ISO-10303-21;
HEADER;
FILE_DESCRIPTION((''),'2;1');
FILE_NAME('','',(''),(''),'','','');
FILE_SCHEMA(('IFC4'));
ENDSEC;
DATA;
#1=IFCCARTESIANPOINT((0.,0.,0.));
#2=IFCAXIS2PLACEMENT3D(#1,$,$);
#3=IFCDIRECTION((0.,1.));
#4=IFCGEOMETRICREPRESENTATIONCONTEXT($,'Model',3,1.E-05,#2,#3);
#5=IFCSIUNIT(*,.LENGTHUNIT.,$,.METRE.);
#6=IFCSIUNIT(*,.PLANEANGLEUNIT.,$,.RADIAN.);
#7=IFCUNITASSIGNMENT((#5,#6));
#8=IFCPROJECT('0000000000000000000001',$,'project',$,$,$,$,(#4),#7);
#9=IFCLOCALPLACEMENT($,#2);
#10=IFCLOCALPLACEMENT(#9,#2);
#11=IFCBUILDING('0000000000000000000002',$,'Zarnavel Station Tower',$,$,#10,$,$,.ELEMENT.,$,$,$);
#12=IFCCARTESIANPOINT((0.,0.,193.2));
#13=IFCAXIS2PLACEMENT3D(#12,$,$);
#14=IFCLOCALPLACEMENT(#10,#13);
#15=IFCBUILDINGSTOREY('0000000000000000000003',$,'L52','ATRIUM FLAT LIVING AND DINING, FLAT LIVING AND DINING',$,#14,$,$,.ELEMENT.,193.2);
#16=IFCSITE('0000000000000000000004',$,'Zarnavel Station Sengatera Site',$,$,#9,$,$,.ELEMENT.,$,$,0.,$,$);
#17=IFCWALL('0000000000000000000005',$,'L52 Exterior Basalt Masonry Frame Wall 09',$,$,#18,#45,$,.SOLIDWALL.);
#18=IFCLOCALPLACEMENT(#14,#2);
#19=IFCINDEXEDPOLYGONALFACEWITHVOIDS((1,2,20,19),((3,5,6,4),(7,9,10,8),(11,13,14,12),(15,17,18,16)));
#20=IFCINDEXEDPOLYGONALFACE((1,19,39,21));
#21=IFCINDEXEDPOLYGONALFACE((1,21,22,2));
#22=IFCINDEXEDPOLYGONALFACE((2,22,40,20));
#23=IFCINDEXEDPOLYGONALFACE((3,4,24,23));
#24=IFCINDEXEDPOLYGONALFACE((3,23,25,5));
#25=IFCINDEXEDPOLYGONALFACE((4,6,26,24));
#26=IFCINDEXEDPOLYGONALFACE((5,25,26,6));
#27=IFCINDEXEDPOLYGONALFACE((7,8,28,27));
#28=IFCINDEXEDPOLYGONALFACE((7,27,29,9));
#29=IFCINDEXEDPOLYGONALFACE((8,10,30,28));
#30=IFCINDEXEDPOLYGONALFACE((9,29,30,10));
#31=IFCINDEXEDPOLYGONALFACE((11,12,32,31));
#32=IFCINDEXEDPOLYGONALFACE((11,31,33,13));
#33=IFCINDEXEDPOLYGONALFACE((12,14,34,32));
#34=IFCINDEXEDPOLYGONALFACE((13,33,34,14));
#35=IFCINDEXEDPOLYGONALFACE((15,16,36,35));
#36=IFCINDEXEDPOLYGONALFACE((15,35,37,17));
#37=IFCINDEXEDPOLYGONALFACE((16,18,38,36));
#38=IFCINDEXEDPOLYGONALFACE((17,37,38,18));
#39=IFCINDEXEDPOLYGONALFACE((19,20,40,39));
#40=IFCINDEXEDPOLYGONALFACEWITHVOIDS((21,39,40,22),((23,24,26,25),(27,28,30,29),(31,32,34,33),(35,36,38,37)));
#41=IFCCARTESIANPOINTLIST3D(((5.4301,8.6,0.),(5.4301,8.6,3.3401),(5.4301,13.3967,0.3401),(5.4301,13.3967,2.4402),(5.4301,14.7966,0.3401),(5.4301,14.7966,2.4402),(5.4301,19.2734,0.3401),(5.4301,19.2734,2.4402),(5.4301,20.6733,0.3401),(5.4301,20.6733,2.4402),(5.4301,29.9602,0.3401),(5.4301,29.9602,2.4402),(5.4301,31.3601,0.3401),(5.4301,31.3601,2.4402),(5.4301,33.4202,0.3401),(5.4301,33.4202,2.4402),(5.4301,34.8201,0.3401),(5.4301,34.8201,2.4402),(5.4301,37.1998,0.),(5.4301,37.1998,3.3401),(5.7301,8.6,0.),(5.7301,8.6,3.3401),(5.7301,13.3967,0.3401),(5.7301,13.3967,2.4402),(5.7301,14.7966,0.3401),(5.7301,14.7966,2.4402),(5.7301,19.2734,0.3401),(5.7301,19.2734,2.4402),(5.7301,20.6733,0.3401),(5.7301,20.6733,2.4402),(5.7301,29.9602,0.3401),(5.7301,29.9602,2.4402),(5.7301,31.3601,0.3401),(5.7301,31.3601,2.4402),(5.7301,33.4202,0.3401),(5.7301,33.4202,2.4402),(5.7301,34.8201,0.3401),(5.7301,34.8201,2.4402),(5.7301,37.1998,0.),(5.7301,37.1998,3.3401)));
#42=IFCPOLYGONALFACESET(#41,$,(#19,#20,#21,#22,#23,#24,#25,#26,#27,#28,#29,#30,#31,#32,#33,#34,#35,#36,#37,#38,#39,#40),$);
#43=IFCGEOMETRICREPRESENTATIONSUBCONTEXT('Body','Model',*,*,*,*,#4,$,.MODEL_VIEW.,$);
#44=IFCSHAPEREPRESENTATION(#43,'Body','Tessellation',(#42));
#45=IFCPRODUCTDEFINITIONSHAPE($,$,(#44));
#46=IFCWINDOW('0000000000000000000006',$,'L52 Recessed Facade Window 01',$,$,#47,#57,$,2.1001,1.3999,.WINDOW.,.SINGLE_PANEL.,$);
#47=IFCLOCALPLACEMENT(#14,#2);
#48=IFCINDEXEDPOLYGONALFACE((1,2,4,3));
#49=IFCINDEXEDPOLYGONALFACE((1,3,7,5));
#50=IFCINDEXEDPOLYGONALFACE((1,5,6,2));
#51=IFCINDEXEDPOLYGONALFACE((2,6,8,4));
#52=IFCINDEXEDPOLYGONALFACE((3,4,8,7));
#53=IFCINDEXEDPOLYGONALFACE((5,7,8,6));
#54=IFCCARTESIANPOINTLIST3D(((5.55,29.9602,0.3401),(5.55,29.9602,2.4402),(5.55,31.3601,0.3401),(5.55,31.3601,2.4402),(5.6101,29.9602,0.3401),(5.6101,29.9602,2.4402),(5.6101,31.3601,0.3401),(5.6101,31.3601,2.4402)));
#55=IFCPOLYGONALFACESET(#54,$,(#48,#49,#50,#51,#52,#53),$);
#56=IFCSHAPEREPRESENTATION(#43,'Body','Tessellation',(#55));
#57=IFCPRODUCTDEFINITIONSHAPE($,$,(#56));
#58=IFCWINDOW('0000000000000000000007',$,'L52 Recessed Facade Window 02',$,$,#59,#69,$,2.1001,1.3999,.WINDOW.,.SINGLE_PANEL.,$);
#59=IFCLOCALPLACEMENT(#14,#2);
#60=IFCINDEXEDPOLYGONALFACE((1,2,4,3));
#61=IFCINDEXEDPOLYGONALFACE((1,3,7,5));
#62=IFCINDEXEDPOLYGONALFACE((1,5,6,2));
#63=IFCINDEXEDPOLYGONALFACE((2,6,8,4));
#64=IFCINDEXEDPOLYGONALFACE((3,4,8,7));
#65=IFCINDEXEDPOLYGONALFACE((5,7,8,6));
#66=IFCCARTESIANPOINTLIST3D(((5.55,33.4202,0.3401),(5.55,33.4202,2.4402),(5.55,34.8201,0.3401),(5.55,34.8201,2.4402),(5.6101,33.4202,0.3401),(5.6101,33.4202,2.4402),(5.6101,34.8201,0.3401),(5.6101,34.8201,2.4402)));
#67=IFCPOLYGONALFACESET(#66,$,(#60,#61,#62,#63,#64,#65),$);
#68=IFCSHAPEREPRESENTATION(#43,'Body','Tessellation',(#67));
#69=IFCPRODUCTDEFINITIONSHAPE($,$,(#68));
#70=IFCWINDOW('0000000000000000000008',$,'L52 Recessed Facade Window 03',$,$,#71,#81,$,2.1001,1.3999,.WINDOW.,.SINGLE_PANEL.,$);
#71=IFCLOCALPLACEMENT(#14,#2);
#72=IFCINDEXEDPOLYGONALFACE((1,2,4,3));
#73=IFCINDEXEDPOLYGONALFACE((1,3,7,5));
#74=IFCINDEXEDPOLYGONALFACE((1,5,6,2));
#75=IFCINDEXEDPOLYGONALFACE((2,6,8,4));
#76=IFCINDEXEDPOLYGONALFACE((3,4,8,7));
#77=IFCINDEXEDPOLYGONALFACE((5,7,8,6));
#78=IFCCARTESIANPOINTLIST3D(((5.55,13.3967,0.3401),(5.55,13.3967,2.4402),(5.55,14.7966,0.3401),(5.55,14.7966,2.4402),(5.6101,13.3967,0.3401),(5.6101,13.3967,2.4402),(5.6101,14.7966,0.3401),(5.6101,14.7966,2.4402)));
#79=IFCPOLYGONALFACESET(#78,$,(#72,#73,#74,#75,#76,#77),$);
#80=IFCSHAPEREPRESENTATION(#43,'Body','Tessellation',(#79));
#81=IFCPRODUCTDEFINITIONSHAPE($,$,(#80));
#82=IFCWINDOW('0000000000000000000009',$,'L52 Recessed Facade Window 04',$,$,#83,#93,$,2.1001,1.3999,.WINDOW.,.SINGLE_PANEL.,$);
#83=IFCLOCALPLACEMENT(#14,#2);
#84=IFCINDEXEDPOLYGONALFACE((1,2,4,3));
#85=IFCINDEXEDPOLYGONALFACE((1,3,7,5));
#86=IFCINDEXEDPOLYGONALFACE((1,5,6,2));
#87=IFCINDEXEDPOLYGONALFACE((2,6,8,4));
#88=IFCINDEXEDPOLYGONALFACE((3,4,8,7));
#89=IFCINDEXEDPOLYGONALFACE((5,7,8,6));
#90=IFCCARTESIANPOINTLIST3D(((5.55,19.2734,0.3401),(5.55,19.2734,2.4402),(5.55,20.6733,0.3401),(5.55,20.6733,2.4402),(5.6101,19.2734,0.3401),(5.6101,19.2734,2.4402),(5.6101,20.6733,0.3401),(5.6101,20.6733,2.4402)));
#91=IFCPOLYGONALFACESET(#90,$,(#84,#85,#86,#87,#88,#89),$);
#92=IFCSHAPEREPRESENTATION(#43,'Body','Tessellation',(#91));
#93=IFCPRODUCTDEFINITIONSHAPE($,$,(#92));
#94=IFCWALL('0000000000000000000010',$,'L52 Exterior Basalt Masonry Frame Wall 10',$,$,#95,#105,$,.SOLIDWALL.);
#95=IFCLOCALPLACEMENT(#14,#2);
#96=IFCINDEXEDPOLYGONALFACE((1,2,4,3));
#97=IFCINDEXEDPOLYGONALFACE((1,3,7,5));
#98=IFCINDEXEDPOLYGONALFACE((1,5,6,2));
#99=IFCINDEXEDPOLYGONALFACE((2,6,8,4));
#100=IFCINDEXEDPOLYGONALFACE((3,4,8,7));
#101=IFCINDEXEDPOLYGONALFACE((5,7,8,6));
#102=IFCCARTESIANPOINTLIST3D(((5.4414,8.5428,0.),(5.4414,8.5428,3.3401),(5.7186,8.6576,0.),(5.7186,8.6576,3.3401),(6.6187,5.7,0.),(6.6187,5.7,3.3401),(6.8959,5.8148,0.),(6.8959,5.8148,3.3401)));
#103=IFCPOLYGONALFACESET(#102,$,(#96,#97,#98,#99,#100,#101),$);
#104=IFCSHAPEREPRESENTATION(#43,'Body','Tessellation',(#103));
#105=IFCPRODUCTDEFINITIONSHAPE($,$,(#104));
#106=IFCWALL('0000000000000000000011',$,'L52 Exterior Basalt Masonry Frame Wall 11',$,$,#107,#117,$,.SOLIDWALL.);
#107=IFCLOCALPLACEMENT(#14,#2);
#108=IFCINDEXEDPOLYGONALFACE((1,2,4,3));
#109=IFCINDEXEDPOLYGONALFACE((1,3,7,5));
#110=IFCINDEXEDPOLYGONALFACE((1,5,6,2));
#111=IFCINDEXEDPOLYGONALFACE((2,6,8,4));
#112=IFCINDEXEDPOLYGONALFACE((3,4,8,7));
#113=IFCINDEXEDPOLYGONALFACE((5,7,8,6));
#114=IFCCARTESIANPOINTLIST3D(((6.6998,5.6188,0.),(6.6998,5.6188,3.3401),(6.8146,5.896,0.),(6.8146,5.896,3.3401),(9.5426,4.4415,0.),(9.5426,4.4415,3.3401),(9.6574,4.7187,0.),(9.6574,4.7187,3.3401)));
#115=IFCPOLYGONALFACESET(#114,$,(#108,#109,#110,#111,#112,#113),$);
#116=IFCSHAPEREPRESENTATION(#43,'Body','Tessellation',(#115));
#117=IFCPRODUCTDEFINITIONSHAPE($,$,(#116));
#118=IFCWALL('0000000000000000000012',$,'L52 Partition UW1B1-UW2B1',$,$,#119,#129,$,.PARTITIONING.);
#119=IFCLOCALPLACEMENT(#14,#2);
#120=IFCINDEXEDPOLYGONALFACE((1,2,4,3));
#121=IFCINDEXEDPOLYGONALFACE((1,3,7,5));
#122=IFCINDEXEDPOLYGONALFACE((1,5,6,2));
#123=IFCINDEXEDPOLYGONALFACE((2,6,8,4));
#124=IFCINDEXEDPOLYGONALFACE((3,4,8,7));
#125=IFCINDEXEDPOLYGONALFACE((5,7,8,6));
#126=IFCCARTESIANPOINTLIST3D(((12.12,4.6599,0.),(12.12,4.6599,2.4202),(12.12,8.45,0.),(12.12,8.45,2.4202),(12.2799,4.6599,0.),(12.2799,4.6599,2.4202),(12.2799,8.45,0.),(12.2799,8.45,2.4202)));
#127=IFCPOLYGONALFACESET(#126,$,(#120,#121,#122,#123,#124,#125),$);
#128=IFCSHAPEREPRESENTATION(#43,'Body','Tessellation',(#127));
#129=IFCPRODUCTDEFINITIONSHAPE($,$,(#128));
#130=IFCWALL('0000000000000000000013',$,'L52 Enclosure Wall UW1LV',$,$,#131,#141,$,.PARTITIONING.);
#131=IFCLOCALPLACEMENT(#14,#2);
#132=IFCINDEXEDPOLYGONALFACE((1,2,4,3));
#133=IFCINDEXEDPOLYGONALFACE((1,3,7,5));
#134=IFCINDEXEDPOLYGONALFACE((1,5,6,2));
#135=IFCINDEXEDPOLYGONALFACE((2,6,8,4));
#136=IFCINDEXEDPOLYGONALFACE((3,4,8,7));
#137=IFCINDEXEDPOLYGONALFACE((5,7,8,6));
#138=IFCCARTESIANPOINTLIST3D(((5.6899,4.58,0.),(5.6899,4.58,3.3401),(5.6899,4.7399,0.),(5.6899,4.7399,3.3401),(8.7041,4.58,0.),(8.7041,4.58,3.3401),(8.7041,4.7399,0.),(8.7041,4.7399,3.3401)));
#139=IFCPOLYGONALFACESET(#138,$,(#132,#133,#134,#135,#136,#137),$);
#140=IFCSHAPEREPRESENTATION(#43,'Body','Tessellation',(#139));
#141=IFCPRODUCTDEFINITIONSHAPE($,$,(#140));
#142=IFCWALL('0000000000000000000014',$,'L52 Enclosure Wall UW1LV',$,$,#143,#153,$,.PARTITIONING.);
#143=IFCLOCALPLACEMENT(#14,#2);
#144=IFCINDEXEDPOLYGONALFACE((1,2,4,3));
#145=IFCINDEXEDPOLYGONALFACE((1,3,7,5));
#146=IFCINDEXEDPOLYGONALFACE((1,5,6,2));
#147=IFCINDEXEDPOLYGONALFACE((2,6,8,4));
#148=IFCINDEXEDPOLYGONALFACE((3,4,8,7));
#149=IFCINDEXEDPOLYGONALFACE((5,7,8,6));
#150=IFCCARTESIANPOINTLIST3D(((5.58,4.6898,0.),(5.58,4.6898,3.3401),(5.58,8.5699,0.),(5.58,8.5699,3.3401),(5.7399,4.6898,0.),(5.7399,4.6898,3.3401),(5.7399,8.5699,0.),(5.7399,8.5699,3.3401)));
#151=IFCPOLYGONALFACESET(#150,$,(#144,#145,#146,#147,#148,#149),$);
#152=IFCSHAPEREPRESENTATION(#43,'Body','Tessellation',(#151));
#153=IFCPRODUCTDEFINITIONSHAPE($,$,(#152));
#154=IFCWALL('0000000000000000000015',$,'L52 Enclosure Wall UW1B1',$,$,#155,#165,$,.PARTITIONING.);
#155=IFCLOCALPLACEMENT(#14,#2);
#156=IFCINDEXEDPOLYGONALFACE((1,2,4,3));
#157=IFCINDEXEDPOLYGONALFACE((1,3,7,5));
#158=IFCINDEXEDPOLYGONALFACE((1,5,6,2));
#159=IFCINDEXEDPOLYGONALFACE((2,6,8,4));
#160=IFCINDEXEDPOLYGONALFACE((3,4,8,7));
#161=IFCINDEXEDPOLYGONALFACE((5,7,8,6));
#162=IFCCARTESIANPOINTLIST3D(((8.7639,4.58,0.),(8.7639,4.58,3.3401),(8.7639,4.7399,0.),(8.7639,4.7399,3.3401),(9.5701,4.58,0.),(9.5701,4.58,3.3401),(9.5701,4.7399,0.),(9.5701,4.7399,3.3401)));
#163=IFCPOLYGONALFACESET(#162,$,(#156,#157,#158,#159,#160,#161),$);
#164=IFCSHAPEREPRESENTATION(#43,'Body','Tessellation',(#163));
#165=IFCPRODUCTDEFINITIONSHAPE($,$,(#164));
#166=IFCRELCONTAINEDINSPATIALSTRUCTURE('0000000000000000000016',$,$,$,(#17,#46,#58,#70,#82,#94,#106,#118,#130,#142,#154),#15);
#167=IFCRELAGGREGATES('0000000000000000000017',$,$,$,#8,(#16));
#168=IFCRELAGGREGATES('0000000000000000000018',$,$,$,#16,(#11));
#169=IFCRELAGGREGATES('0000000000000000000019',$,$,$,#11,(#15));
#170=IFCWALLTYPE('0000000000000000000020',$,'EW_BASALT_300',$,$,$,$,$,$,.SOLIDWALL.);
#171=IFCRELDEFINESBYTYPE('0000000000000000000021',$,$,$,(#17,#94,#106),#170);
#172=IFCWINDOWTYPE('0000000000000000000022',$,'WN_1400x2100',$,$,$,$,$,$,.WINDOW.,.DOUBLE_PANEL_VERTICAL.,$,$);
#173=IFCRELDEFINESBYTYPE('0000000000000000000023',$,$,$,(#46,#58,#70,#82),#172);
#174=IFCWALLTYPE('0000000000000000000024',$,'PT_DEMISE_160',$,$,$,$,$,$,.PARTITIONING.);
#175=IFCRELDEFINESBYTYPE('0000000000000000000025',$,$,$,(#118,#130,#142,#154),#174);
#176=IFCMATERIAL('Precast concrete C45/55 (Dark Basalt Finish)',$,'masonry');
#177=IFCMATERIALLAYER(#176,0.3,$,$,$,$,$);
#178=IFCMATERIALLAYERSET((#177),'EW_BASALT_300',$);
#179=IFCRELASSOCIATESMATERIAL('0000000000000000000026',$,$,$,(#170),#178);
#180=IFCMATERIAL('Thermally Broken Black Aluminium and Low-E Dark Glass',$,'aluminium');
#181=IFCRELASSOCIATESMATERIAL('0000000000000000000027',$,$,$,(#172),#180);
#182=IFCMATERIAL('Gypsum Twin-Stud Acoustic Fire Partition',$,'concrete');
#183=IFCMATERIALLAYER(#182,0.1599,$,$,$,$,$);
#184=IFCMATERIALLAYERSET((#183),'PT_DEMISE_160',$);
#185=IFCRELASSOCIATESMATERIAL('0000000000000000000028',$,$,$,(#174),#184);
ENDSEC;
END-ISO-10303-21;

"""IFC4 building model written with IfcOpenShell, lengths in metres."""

from ifc_helpers import new_model, si_unit, direction, frame, frame_2d, origin, place, context, subcontext, project, spatial, rectangle, extrude, material, layer, layer_set, type_object, element, fill, save


model = new_model("IFC4")

# Units and contexts
model_context = context("Model", 3, precision=1e-05, world=origin(), true_north=direction((0.0, 1.0)))
body_context = subcontext(model_context, "Body", "Model", "MODEL_VIEW")
ifc_project = project(units=[si_unit("LENGTHUNIT", "METRE"), si_unit("PLANEANGLEUNIT", "RADIAN")], contexts=[model_context])

# Site, building, storey
site_placement = place(None, origin())
site = spatial("IfcSite", under=ifc_project, at=site_placement, Name="Zarnavel Station Sengatera Site", CompositionType="ELEMENT", RefElevation=0.0)
building_placement = place(site_placement, origin())
building = spatial("IfcBuilding", under=site, at=building_placement, Name="Zarnavel Station Tower", CompositionType="ELEMENT")
storey_placement = place(building_placement, frame((0.0, 0.0, 193.2)))
storey = spatial("IfcBuildingStorey", under=building, at=storey_placement, Name="L52", Description="ATRIUM FLAT LIVING AND DINING, FLAT LIVING AND DINING", CompositionType="ELEMENT", Elevation=193.2)

# Wall, openings, windows
ifc_material_1 = material(Name="Precast concrete C45/55 (Dark Basalt Finish)", Category="masonry")
ifc_layer_1 = layer(ifc_material_1, 0.3)
ifc_layer_set_1 = layer_set([ifc_layer_1], Name="EW_BASALT_300")
wall_type_1 = type_object("IfcWallType", Name="EW_BASALT_300", PredefinedType="SOLIDWALL", material=ifc_layer_set_1)
wall_1_placement = place(storey_placement, frame((5.5801, 8.6001, 0.0), z_axis=(0.0, 0.0, 1.0), x_axis=(0.0, 1.0, 0.0)))
wall_1 = element("IfcWall", 1, at=wall_1_placement, inside=storey, type_object=wall_type_1, Name="L52 Exterior Basalt Masonry Frame Wall 09", PredefinedType="SOLIDWALL", context=body_context, shape_type="SweptSolid", body=[
    extrude(rectangle(XDim=28.5999, YDim=0.3, at=frame_2d((14.2998, 0.0))), origin(), (0.0, 0.0, 1.0), 3.3401),
])
opening_1_placement = place(wall_1_placement, frame((21.3601, 0.0, 0.3401)))
opening_1 = element("IfcOpeningElement", 2, at=opening_1_placement, cuts=wall_1, PredefinedType="OPENING", context=body_context, shape_type="SweptSolid", body=[
    extrude(rectangle(XDim=1.3999, YDim=2.1001, at=frame_2d((0.7, 1.05))), frame((0.0, 0.1599, 0.0), z_axis=(0.0, -1.0, 0.0), x_axis=(1.0, 0.0, 0.0)), (0.0, 0.0, 1.0), 0.3201),
])
opening_2_placement = place(wall_1_placement, frame((24.8201, 0.0, 0.3401)))
opening_2 = element("IfcOpeningElement", 3, at=opening_2_placement, cuts=wall_1, PredefinedType="OPENING", context=body_context, shape_type="SweptSolid", body=[
    extrude(rectangle(XDim=1.3999, YDim=2.1001, at=frame_2d((0.7, 1.05))), frame((0.0, 0.1599, 0.0), z_axis=(0.0, -1.0, 0.0), x_axis=(1.0, 0.0, 0.0)), (0.0, 0.0, 1.0), 0.3201),
])
opening_3_placement = place(wall_1_placement, frame((4.7966, 0.0, 0.3401)))
opening_3 = element("IfcOpeningElement", 4, at=opening_3_placement, cuts=wall_1, PredefinedType="OPENING", context=body_context, shape_type="SweptSolid", body=[
    extrude(rectangle(XDim=1.3999, YDim=2.1001, at=frame_2d((0.7, 1.05))), frame((0.0, 0.1599, 0.0), z_axis=(0.0, -1.0, 0.0), x_axis=(1.0, 0.0, 0.0)), (0.0, 0.0, 1.0), 0.3201),
])
opening_4_placement = place(wall_1_placement, frame((10.6733, 0.0, 0.3401)))
opening_4 = element("IfcOpeningElement", 5, at=opening_4_placement, cuts=wall_1, PredefinedType="OPENING", context=body_context, shape_type="SweptSolid", body=[
    extrude(rectangle(XDim=1.3999, YDim=2.1001, at=frame_2d((0.7, 1.05))), frame((0.0, 0.1599, 0.0), z_axis=(0.0, -1.0, 0.0), x_axis=(1.0, 0.0, 0.0)), (0.0, 0.0, 1.0), 0.3201),
])
ifc_material_2 = material(Name="Thermally Broken Black Aluminium and Low-E Dark Glass", Category="aluminium")
window_type = type_object("IfcWindowType", Name="WN_1400x2100", PartitioningType="DOUBLE_PANEL_VERTICAL", PredefinedType="WINDOW", material=ifc_material_2)
window_1_placement = place(opening_1_placement, origin())
window_1 = element("IfcWindow", 6, at=window_1_placement, inside=storey, type_object=window_type, Name="L52 Recessed Facade Window 01", OverallHeight=2.1001, OverallWidth=1.3999, PartitioningType="SINGLE_PANEL", PredefinedType="WINDOW", context=body_context, shape_type="SweptSolid", body=[
    extrude(rectangle(XDim=1.3999, YDim=2.1001, at=frame_2d((0.7, 1.05))), frame((0.0, 0.03, 0.0), z_axis=(0.0, -1.0, 0.0), x_axis=(1.0, 0.0, 0.0)), (0.0, 0.0, 1.0), 0.0601),
])
fill(opening_1, window_1)
window_2_placement = place(opening_2_placement, origin())
window_2 = element("IfcWindow", 7, at=window_2_placement, inside=storey, type_object=window_type, Name="L52 Recessed Facade Window 02", OverallHeight=2.1001, OverallWidth=1.3999, PartitioningType="SINGLE_PANEL", PredefinedType="WINDOW", context=body_context, shape_type="SweptSolid", body=[
    extrude(rectangle(XDim=1.3999, YDim=2.1001, at=frame_2d((0.7, 1.05))), frame((0.0, 0.03, 0.0), z_axis=(0.0, -1.0, 0.0), x_axis=(1.0, 0.0, 0.0)), (0.0, 0.0, 1.0), 0.0601),
])
fill(opening_2, window_2)
window_3_placement = place(opening_3_placement, origin())
window_3 = element("IfcWindow", 8, at=window_3_placement, inside=storey, type_object=window_type, Name="L52 Recessed Facade Window 03", OverallHeight=2.1001, OverallWidth=1.3999, PartitioningType="SINGLE_PANEL", PredefinedType="WINDOW", context=body_context, shape_type="SweptSolid", body=[
    extrude(rectangle(XDim=1.3999, YDim=2.1001, at=frame_2d((0.7, 1.05))), frame((0.0, 0.03, 0.0), z_axis=(0.0, -1.0, 0.0), x_axis=(1.0, 0.0, 0.0)), (0.0, 0.0, 1.0), 0.0601),
])
fill(opening_3, window_3)
window_4_placement = place(opening_4_placement, origin())
window_4 = element("IfcWindow", 9, at=window_4_placement, inside=storey, type_object=window_type, Name="L52 Recessed Facade Window 04", OverallHeight=2.1001, OverallWidth=1.3999, PartitioningType="SINGLE_PANEL", PredefinedType="WINDOW", context=body_context, shape_type="SweptSolid", body=[
    extrude(rectangle(XDim=1.3999, YDim=2.1001, at=frame_2d((0.7, 1.05))), frame((0.0, 0.03, 0.0), z_axis=(0.0, -1.0, 0.0), x_axis=(1.0, 0.0, 0.0)), (0.0, 0.0, 1.0), 0.0601),
])
fill(opening_4, window_4)

# Walls
for number, where, z_axis, x_axis, name in (
    (10, (6.7573, 5.7573, 0.0), (0.0, 0.0, 1.0), (-0.382609, 0.92391, 0.0), "L52 Exterior Basalt Masonry Frame Wall 10"),
    (11, (9.6001, 4.5801, 0.0), (0.0, 0.0, 1.0), (-0.92391, 0.382609, 0.0), "L52 Exterior Basalt Masonry Frame Wall 11"),
):
    element("IfcWall", number, at=place(storey_placement, frame(where, z_axis=z_axis, x_axis=x_axis)), inside=storey, type_object=wall_type_1, Name=name, PredefinedType="SOLIDWALL", context=body_context, shape_type="SweptSolid", body=[
        extrude(rectangle(XDim=3.0769, YDim=0.3, at=frame_2d((1.5386, 0.0))), origin(), (0.0, 0.0, 1.0), 3.3401),
    ])
ifc_material_3 = material(Name="Gypsum Twin-Stud Acoustic Fire Partition", Category="concrete")
ifc_layer_2 = layer(ifc_material_3, 0.1599)
ifc_layer_set_2 = layer_set([ifc_layer_2], Name="PT_DEMISE_160")
wall_type_2 = type_object("IfcWallType", Name="PT_DEMISE_160", PredefinedType="PARTITIONING", material=ifc_layer_set_2)
wall_2_placement = place(storey_placement, frame((12.2, 4.6599, 0.0), z_axis=(0.0, 0.0, 1.0), x_axis=(0.0, 1.0, 0.0)))
element("IfcWall", 12, at=wall_2_placement, inside=storey, type_object=wall_type_2, Name="L52 Partition UW1B1-UW2B1", PredefinedType="PARTITIONING", context=body_context, shape_type="SweptSolid", body=[
    extrude(rectangle(XDim=3.79, YDim=0.1599, at=frame_2d((1.895, 0.0))), origin(), (0.0, 0.0, 1.0), 2.4202),
])
wall_3_placement = place(storey_placement, frame((5.6899, 4.6599, 0.0), z_axis=(0.0, 0.0, 1.0), x_axis=(1.0, 0.0, 0.0)))
element("IfcWall", 13, at=wall_3_placement, inside=storey, type_object=wall_type_2, Name="L52 Enclosure Wall UW1LV", PredefinedType="PARTITIONING", context=body_context, shape_type="SweptSolid", body=[
    extrude(rectangle(XDim=3.0142, YDim=0.1599, at=frame_2d((1.5071, 0.0))), origin(), (0.0, 0.0, 1.0), 3.3401),
])
wall_4_placement = place(storey_placement, frame((5.6599, 4.6899, 0.0), z_axis=(0.0, 0.0, 1.0), x_axis=(0.0, 1.0, 0.0)))
element("IfcWall", 14, at=wall_4_placement, inside=storey, type_object=wall_type_2, Name="L52 Enclosure Wall UW1LV", PredefinedType="PARTITIONING", context=body_context, shape_type="SweptSolid", body=[
    extrude(rectangle(XDim=3.8801, YDim=0.1599, at=frame_2d((1.9399, 0.0))), origin(), (0.0, 0.0, 1.0), 3.3401),
])
wall_5_placement = place(storey_placement, frame((8.7639, 4.6599, 0.0), z_axis=(0.0, 0.0, 1.0), x_axis=(1.0, 0.0, 0.0)))
element("IfcWall", 15, at=wall_5_placement, inside=storey, type_object=wall_type_2, Name="L52 Enclosure Wall UW1B1", PredefinedType="PARTITIONING", context=body_context, shape_type="SweptSolid", body=[
    extrude(rectangle(XDim=0.8062, YDim=0.1599, at=frame_2d((0.4031, 0.0))), origin(), (0.0, 0.0, 1.0), 3.3401),
])

save(model, "model.ifc")
